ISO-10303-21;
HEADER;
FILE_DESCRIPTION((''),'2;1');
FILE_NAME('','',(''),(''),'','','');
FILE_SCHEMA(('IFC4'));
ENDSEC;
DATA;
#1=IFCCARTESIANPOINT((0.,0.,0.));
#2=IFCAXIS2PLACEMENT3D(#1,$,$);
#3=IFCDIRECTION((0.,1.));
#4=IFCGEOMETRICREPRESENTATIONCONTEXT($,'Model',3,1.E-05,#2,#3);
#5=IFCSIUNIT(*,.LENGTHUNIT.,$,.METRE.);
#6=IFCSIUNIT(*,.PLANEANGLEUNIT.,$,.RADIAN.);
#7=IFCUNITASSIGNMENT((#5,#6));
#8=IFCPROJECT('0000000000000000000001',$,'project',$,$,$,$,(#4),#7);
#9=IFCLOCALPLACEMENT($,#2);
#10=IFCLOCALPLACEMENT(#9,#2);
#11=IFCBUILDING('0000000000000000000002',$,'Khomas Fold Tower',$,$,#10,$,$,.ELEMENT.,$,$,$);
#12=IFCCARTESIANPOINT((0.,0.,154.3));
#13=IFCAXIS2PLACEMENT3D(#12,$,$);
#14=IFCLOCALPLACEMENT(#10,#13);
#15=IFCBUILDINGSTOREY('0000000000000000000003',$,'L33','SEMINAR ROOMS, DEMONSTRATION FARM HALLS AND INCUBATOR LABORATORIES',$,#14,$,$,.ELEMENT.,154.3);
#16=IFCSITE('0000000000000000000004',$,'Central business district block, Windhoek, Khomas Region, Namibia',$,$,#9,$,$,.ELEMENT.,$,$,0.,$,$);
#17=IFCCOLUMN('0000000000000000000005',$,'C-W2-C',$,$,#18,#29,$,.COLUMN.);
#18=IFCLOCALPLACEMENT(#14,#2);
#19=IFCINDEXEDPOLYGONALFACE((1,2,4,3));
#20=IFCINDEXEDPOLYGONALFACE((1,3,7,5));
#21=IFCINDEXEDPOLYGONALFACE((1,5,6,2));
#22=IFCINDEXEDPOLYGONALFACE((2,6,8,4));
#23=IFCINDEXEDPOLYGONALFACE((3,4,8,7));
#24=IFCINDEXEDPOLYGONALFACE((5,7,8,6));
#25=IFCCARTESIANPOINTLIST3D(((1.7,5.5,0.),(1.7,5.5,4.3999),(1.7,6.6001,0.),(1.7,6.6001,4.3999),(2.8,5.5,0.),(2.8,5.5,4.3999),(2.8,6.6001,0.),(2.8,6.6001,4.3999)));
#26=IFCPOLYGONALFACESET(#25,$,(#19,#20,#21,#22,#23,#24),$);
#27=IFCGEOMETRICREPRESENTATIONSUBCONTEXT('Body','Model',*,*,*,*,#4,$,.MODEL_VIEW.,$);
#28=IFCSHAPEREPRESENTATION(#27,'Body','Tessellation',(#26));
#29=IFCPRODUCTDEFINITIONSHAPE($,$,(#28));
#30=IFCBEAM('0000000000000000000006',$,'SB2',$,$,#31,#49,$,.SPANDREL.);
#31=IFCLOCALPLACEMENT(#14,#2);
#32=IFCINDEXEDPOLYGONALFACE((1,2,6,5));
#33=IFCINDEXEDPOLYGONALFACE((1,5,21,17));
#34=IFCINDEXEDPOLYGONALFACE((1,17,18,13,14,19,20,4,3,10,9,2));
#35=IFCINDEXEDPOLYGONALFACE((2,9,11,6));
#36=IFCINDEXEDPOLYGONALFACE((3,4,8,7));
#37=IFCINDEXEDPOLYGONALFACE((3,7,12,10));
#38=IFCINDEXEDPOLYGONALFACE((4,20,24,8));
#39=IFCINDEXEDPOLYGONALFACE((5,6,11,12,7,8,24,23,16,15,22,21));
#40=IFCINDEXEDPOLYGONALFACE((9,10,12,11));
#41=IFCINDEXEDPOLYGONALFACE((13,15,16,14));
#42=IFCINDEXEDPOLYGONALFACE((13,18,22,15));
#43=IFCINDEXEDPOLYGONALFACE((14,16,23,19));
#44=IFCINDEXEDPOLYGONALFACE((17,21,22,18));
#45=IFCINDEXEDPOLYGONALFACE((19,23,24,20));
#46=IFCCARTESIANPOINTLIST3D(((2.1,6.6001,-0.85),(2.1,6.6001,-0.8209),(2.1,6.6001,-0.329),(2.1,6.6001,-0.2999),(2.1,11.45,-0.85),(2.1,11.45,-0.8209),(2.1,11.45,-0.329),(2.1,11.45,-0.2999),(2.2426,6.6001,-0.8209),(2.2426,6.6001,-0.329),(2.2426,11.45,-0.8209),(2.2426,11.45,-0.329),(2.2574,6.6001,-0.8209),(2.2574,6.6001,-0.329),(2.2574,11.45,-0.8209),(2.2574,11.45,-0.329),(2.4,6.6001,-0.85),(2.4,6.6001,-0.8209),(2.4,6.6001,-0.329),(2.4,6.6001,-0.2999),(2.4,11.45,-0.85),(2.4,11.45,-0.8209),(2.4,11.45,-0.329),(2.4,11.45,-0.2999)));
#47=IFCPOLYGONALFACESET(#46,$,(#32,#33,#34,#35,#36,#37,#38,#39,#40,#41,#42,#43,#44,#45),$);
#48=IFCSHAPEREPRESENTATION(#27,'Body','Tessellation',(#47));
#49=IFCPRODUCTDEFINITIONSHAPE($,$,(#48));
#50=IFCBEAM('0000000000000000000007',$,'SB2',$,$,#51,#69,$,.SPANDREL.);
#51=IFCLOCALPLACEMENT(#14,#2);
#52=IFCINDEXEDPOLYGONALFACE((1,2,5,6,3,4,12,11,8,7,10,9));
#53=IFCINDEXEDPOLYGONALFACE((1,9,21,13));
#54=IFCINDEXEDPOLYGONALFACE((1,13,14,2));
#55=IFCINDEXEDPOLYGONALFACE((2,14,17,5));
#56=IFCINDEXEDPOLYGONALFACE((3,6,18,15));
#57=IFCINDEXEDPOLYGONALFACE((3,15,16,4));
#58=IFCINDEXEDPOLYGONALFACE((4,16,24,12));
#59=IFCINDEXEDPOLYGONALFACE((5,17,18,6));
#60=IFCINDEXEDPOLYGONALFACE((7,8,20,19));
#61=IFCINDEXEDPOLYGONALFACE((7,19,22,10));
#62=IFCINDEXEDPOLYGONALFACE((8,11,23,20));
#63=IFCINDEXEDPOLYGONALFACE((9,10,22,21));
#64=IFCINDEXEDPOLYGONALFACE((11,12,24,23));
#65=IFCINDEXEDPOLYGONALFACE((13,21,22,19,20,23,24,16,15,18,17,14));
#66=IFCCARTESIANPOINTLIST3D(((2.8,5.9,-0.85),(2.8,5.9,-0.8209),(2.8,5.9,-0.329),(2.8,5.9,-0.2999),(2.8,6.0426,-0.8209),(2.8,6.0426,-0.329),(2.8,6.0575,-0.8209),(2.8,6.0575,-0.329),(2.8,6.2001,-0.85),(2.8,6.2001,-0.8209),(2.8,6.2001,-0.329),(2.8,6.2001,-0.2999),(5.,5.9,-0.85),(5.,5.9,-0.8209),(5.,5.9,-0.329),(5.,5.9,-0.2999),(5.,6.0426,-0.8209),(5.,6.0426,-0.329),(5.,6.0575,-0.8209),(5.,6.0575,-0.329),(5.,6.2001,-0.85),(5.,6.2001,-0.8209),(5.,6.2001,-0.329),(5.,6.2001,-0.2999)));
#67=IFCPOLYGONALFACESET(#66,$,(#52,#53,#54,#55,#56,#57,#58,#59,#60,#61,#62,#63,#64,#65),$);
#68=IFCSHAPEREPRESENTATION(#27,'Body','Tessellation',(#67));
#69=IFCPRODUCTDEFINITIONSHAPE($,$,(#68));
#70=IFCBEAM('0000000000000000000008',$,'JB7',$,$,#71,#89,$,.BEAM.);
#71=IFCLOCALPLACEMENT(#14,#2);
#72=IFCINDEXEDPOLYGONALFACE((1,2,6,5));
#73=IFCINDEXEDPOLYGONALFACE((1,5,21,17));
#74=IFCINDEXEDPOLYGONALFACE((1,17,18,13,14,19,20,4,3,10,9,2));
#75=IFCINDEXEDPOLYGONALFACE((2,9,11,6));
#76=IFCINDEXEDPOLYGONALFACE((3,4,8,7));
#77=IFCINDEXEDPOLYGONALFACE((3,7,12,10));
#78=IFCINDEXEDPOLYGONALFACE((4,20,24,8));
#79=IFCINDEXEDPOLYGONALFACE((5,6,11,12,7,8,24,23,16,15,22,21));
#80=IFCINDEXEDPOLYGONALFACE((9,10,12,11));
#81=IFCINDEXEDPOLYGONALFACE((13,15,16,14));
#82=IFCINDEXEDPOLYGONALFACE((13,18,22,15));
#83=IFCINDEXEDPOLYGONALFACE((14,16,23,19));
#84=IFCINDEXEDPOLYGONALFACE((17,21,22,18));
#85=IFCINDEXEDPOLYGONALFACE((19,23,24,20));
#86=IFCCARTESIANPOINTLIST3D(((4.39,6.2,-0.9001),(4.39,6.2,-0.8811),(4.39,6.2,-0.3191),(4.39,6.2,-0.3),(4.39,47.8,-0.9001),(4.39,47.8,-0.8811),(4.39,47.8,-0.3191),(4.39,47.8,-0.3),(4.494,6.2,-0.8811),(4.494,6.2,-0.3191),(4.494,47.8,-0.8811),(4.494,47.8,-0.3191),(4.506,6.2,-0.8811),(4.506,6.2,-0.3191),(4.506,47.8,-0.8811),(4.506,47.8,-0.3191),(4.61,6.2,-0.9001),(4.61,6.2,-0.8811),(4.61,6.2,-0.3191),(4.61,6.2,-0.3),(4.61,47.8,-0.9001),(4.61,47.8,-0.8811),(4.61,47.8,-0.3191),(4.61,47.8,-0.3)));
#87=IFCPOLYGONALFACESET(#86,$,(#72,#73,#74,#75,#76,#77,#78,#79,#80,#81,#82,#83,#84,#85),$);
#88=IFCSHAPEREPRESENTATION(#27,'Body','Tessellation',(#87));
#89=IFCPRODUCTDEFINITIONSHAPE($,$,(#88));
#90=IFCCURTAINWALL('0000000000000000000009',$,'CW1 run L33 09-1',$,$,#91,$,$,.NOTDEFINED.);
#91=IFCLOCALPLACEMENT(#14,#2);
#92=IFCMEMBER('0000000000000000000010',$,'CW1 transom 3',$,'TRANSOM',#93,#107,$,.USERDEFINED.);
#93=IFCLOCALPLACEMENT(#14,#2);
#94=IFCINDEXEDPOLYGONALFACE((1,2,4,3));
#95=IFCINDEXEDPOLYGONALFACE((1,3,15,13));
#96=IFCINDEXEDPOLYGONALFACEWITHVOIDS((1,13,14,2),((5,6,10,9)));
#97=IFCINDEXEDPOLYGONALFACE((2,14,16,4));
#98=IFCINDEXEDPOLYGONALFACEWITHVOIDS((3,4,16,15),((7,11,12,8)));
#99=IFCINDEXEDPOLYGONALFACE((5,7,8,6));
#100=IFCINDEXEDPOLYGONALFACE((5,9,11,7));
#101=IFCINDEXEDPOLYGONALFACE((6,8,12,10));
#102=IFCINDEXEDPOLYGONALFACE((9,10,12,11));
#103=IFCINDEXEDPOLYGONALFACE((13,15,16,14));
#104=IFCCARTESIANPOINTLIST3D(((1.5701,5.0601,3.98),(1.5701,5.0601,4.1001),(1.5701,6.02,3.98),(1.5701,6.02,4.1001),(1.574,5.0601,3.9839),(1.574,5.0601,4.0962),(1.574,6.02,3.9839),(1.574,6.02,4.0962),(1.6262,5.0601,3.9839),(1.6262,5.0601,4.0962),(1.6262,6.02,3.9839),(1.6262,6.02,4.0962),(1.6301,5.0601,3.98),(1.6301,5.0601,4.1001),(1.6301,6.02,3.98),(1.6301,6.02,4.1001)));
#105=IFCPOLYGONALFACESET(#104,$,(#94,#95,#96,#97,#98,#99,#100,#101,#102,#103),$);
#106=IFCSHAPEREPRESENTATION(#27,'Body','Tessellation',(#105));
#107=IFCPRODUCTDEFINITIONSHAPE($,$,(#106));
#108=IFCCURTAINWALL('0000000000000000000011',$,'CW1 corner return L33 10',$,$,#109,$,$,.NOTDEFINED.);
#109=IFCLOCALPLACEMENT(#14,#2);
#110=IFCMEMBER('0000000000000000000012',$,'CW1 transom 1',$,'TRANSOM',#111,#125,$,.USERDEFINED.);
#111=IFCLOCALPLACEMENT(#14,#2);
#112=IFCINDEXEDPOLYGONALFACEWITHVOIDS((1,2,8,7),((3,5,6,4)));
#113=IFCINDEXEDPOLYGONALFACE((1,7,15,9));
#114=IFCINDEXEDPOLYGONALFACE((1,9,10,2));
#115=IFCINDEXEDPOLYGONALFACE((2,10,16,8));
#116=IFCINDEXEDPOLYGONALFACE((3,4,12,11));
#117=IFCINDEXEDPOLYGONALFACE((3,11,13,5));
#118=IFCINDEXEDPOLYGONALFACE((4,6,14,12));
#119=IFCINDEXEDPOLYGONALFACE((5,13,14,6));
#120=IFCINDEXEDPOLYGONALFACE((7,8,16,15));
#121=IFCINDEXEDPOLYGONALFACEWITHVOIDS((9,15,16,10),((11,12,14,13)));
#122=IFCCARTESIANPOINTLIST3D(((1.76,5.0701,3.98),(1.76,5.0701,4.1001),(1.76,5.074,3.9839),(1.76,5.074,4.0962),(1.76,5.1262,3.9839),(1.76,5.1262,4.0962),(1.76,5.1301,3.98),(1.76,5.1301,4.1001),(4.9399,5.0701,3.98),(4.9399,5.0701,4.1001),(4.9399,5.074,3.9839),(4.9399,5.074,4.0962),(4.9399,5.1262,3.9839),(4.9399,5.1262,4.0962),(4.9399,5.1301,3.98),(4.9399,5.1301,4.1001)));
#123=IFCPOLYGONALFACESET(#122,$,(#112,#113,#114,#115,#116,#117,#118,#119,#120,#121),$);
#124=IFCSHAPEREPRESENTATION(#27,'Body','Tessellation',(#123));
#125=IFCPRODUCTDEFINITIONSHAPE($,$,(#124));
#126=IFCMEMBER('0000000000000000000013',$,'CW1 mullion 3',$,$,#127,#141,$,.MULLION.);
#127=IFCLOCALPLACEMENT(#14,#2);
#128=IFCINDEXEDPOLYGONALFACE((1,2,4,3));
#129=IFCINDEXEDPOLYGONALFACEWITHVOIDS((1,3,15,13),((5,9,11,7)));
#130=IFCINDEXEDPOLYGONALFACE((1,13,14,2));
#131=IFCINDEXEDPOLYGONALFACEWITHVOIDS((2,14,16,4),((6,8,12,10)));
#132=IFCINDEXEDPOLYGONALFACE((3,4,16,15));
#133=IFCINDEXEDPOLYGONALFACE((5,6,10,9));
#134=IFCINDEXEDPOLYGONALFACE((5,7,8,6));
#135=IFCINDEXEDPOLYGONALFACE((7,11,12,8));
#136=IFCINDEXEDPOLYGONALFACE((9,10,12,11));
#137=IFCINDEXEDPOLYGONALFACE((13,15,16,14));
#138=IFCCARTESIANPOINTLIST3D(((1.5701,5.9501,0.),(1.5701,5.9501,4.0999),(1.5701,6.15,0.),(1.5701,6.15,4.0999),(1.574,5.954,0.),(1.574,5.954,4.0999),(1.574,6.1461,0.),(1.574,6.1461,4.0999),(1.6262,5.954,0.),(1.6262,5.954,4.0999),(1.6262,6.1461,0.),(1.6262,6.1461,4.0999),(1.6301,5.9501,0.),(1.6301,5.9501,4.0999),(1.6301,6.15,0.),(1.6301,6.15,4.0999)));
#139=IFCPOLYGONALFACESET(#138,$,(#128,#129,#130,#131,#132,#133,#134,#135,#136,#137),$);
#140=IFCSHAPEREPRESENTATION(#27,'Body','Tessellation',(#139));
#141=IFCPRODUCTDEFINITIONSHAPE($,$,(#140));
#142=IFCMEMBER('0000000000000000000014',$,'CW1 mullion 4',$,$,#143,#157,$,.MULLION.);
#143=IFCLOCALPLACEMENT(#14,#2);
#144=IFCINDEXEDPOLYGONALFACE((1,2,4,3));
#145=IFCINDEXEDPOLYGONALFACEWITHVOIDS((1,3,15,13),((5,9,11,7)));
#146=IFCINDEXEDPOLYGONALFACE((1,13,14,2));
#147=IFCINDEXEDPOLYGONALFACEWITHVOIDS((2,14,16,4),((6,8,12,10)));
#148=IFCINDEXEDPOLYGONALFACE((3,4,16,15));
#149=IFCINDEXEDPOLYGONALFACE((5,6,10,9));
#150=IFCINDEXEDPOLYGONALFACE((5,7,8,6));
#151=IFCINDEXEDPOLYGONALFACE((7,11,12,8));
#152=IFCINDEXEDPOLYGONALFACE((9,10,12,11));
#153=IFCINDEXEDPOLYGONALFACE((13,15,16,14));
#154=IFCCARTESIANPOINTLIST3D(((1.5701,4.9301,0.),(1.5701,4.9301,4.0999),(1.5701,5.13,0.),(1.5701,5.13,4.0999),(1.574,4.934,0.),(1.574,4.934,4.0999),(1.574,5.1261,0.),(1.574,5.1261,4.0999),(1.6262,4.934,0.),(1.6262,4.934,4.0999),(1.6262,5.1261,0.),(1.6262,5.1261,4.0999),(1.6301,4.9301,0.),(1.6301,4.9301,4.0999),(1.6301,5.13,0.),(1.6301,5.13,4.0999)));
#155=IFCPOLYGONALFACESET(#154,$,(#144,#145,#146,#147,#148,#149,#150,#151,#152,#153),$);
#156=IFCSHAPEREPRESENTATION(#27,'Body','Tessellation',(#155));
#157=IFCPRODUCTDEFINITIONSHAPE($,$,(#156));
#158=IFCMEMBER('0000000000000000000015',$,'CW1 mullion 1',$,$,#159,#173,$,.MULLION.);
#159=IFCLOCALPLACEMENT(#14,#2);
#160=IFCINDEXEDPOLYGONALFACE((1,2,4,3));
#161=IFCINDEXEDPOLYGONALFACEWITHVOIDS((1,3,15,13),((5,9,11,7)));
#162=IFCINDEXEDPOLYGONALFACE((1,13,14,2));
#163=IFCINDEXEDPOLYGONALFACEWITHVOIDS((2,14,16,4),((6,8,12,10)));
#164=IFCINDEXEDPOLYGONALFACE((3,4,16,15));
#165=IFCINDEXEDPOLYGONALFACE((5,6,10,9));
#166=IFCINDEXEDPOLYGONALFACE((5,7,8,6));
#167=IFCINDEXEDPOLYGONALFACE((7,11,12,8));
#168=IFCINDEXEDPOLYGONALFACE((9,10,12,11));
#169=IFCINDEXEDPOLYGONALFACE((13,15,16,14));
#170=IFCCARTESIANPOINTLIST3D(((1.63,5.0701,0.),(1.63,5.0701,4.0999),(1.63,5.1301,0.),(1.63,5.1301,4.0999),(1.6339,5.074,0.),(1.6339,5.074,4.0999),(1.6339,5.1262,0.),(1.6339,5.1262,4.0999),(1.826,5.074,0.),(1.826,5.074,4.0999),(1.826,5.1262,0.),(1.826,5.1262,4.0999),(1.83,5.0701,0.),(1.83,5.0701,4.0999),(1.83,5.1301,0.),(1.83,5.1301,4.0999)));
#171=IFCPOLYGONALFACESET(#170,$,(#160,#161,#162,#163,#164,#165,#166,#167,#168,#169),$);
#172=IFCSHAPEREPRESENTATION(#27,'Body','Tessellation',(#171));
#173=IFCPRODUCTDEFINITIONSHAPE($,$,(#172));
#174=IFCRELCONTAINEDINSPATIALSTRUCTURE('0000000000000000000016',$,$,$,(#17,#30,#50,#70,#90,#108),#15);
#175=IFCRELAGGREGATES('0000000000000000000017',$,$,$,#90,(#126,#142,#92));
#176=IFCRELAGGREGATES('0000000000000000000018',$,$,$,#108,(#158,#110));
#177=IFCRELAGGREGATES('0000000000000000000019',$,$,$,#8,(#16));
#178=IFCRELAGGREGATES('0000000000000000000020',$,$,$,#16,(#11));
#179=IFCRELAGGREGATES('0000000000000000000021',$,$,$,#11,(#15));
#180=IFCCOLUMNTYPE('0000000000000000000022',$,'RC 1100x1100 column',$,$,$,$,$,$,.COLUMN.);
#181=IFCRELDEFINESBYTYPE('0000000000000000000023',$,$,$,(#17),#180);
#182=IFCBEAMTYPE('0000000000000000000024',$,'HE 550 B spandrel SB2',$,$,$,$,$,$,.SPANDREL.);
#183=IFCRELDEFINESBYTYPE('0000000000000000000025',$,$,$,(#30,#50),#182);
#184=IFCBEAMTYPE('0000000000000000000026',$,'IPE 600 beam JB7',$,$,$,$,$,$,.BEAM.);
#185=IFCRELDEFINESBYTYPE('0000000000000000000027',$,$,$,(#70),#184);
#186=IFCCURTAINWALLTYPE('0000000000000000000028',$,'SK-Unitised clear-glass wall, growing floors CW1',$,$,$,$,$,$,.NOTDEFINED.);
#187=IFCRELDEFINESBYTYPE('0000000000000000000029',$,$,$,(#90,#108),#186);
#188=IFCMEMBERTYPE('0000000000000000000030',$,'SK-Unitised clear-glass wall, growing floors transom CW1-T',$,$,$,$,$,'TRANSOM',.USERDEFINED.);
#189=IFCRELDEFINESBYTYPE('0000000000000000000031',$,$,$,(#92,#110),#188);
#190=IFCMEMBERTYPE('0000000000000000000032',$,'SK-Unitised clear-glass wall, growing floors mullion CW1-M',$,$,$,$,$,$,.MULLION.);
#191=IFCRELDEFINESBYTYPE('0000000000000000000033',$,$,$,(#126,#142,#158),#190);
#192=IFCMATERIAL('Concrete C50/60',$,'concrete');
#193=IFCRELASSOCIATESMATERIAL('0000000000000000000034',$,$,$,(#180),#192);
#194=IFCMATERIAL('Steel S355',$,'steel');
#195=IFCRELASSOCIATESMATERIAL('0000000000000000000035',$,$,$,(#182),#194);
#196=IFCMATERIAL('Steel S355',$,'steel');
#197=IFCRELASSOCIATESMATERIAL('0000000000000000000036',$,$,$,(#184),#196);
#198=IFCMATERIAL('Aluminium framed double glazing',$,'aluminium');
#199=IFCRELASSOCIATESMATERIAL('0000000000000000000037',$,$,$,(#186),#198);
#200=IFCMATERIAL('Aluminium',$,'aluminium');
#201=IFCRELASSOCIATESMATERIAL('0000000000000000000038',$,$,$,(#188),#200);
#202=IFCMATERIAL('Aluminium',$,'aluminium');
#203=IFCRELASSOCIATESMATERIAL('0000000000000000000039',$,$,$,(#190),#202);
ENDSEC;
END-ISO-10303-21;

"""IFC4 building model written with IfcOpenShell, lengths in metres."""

from ifc_helpers import new_model, si_unit, direction, frame, origin, origin_2d, place, context, subcontext, project, spatial, rectangle, hollow_rectangle, i_section, extrude, source, transform, mapped, material, material_profile, profile_set, type_object, element, aggregate, save


model = new_model("IFC4")

# Units and contexts
model_context = context("Model", 3, precision=1e-05, world=origin(), true_north=direction((0.0, 1.0)))
body_context = subcontext(model_context, "Body", "Model", "MODEL_VIEW")
ifc_project = project(units=[si_unit("LENGTHUNIT", "METRE"), si_unit("PLANEANGLEUNIT", "RADIAN")], contexts=[model_context])

# Site, building, storey
site_placement = place(None, origin())
site = spatial("IfcSite", under=ifc_project, at=site_placement, Name="Central business district block, Windhoek, Khomas Region, Namibia", CompositionType="ELEMENT", RefElevation=0.0)
building_placement = place(site_placement, origin())
building = spatial("IfcBuilding", under=site, at=building_placement, Name="Khomas Fold Tower", CompositionType="ELEMENT")
storey_placement = place(building_placement, frame((0.0, 0.0, 154.3)))
storey = spatial("IfcBuildingStorey", under=building, at=storey_placement, Name="L33", Description="SEMINAR ROOMS, DEMONSTRATION FARM HALLS AND INCUBATOR LABORATORIES", CompositionType="ELEMENT", Elevation=154.3)

# Column
ifc_material_1 = material(Name="Concrete C50/60", Category="concrete")
ifc_material_profile_1 = material_profile(ifc_material_1, rectangle(XDim=1.1001, YDim=1.1001, at=origin_2d()), Name="RC 1100x1100")
ifc_profile_set_1 = profile_set([ifc_material_profile_1], Name="Concrete C50/60")
column_type = type_object("IfcColumnType", Name="RC 1100x1100 column", PredefinedType="COLUMN", material=ifc_profile_set_1)
shared_shape_1 = source(origin(), body_context, "Body", "SweptSolid", [
    extrude(rectangle(XDim=1.1001, YDim=1.1001, at=origin_2d()), origin(), (0.0, 0.0, 1.0), 4.3999),
])
column_placement = place(storey_placement, frame((2.25, 6.05, 0.0), z_axis=(0.0, 0.0, 1.0), x_axis=(1.0, 0.0, 0.0)))
element("IfcColumn", 1, at=column_placement, inside=storey, type_object=column_type, Name="C-W2-C", PredefinedType="COLUMN", context=body_context, shape_type="MappedRepresentation", body=[
    mapped(shared_shape_1, transform((0.0, 0.0, 0.0))),
])

# Beams
ifc_material_2 = material(Name="Steel S355", Category="steel")
ifc_material_profile_2 = material_profile(ifc_material_2, i_section(OverallWidth=0.3, OverallDepth=0.55, WebThickness=0.0149, FlangeThickness=0.0291, at=origin_2d()), Name="HE 550 B")
ifc_profile_set_2 = profile_set([ifc_material_profile_2], Name="Steel S355")
beam_type_1 = type_object("IfcBeamType", Name="HE 550 B spandrel SB2", PredefinedType="SPANDREL", material=ifc_profile_set_2)
shared_shape_2 = source(origin(), body_context, "Body", "SweptSolid", [
    extrude(i_section(OverallWidth=0.3, OverallDepth=0.55, WebThickness=0.0149, FlangeThickness=0.0291, at=origin_2d()), origin(), (0.0, 0.0, 1.0), 4.8499),
])
beam_1_placement = place(storey_placement, frame((2.25, 6.6001, -0.575), z_axis=(0.0, 1.0, 0.0), x_axis=(-1.0, 0.0, 0.0)))
element("IfcBeam", 2, at=beam_1_placement, inside=storey, type_object=beam_type_1, Name="SB2", PredefinedType="SPANDREL", context=body_context, shape_type="MappedRepresentation", body=[
    mapped(shared_shape_2, transform((0.0, 0.0, 0.0))),
])
shared_shape_3 = source(origin(), body_context, "Body", "SweptSolid", [
    extrude(i_section(OverallWidth=0.3, OverallDepth=0.55, WebThickness=0.0149, FlangeThickness=0.0291, at=origin_2d()), origin(), (0.0, 0.0, 1.0), 2.2),
])
beam_2_placement = place(storey_placement, frame((2.8, 6.05, -0.575), z_axis=(1.0, 0.0, 0.0), x_axis=(0.0, 1.0, 0.0)))
element("IfcBeam", 3, at=beam_2_placement, inside=storey, type_object=beam_type_1, Name="SB2", PredefinedType="SPANDREL", context=body_context, shape_type="MappedRepresentation", body=[
    mapped(shared_shape_3, transform((0.0, 0.0, 0.0))),
])
ifc_material_3 = material(Name="Steel S355", Category="steel")
ifc_material_profile_3 = material_profile(ifc_material_3, i_section(OverallWidth=0.22, OverallDepth=0.6001, WebThickness=0.012, FlangeThickness=0.019, at=origin_2d()), Name="IPE 600")
ifc_profile_set_3 = profile_set([ifc_material_profile_3], Name="Steel S355")
beam_type_2 = type_object("IfcBeamType", Name="IPE 600 beam JB7", PredefinedType="BEAM", material=ifc_profile_set_3)
shared_shape_4 = source(origin(), body_context, "Body", "SweptSolid", [
    extrude(i_section(OverallWidth=0.22, OverallDepth=0.6001, WebThickness=0.012, FlangeThickness=0.019, at=origin_2d()), origin(), (0.0, 0.0, 1.0), 41.6001),
])
beam_3_placement = place(storey_placement, frame((4.5, 6.2, -0.6001), z_axis=(0.0, 1.0, 0.0), x_axis=(-1.0, 0.0, 0.0)))
element("IfcBeam", 4, at=beam_3_placement, inside=storey, type_object=beam_type_2, Name="JB7", PredefinedType="BEAM", context=body_context, shape_type="MappedRepresentation", body=[
    mapped(shared_shape_4, transform((0.0, 0.0, 0.0))),
])

# Curtain walls, members
ifc_material_4 = material(Name="Aluminium framed double glazing", Category="aluminium")
curtain_wall_type = type_object("IfcCurtainWallType", Name="SK-Unitised clear-glass wall, growing floors CW1", PredefinedType="NOTDEFINED", material=ifc_material_4)
curtain_wall_1_placement = place(storey_placement, origin())
curtain_wall_1 = element("IfcCurtainWall", 5, at=curtain_wall_1_placement, inside=storey, type_object=curtain_wall_type, Name="CW1 run L33 09-1", PredefinedType="NOTDEFINED")
ifc_material_5 = material(Name="Aluminium", Category="aluminium")
ifc_material_profile_4 = material_profile(ifc_material_5, hollow_rectangle(XDim=0.0601, YDim=0.1201, WallThickness=0.0039, at=origin_2d()), Name="SK-Unitised clear-glass wall, growing floors transom CW1-T")
ifc_profile_set_4 = profile_set([ifc_material_profile_4], Name="Aluminium")
member_type_1 = type_object("IfcMemberType", Name="SK-Unitised clear-glass wall, growing floors transom CW1-T", ElementType="TRANSOM", PredefinedType="USERDEFINED", material=ifc_profile_set_4)
shared_shape_5 = source(origin(), body_context, "Body", "SweptSolid", [
    extrude(hollow_rectangle(XDim=0.0601, YDim=0.1201, WallThickness=0.0039, at=origin_2d()), origin(), (0.0, 0.0, 1.0), 0.96),
])
member_1_placement = place(storey_placement, frame((1.6001, 6.02, 4.04), z_axis=(0.0, -1.0, 0.0), x_axis=(1.0, 0.0, 0.0)))
member_1 = element("IfcMember", 6, at=member_1_placement, type_object=member_type_1, Name="CW1 transom 3", ObjectType="TRANSOM", PredefinedType="USERDEFINED", context=body_context, shape_type="MappedRepresentation", body=[
    mapped(shared_shape_5, transform((0.0, 0.0, 0.0))),
])
curtain_wall_2_placement = place(storey_placement, origin())
curtain_wall_2 = element("IfcCurtainWall", 7, at=curtain_wall_2_placement, inside=storey, type_object=curtain_wall_type, Name="CW1 corner return L33 10", PredefinedType="NOTDEFINED")
shared_shape_6 = source(origin(), body_context, "Body", "SweptSolid", [
    extrude(hollow_rectangle(XDim=0.0601, YDim=0.1201, WallThickness=0.0039, at=origin_2d()), origin(), (0.0, 0.0, 1.0), 3.1799),
])
member_2_placement = place(storey_placement, frame((1.76, 5.1001, 4.04), z_axis=(1.0, 0.0, 0.0), x_axis=(0.0, 1.0, 0.0)))
member_2 = element("IfcMember", 8, at=member_2_placement, type_object=member_type_1, Name="CW1 transom 1", ObjectType="TRANSOM", PredefinedType="USERDEFINED", context=body_context, shape_type="MappedRepresentation", body=[
    mapped(shared_shape_6, transform((0.0, 0.0, 0.0))),
])

# Members
ifc_material_6 = material(Name="Aluminium", Category="aluminium")
ifc_material_profile_5 = material_profile(ifc_material_6, hollow_rectangle(XDim=0.0601, YDim=0.2, WallThickness=0.0039, at=origin_2d()), Name="SK-Unitised clear-glass wall, growing floors mullion CW1-M")
ifc_profile_set_5 = profile_set([ifc_material_profile_5], Name="Aluminium")
member_type_2 = type_object("IfcMemberType", Name="SK-Unitised clear-glass wall, growing floors mullion CW1-M", PredefinedType="MULLION", material=ifc_profile_set_5)
shared_shape_7 = source(origin(), body_context, "Body", "SweptSolid", [
    extrude(hollow_rectangle(XDim=0.0601, YDim=0.2, WallThickness=0.0039, at=origin_2d()), origin(), (0.0, 0.0, 1.0), 4.0999),
])
member_3_placement = place(storey_placement, frame((1.6001, 6.05, 0.0), z_axis=(0.0, 0.0, 1.0), x_axis=(1.0, 0.0, 0.0)))
member_3 = element("IfcMember", 9, at=member_3_placement, type_object=member_type_2, Name="CW1 mullion 3", PredefinedType="MULLION", context=body_context, shape_type="MappedRepresentation", body=[
    mapped(shared_shape_7, transform((0.0, 0.0, 0.0))),
])
member_4_placement = place(storey_placement, frame((1.6001, 5.03, 0.0), z_axis=(0.0, 0.0, 1.0), x_axis=(1.0, 0.0, 0.0)))
member_4 = element("IfcMember", 10, at=member_4_placement, type_object=member_type_2, Name="CW1 mullion 4", PredefinedType="MULLION", context=body_context, shape_type="MappedRepresentation", body=[
    mapped(shared_shape_7, transform((0.0, 0.0, 0.0))),
])
member_5_placement = place(storey_placement, frame((1.73, 5.1001, 0.0), z_axis=(0.0, 0.0, 1.0), x_axis=(0.0, 1.0, 0.0)))
member_5 = element("IfcMember", 11, at=member_5_placement, type_object=member_type_2, Name="CW1 mullion 1", PredefinedType="MULLION", context=body_context, shape_type="MappedRepresentation", body=[
    mapped(shared_shape_7, transform((0.0, 0.0, 0.0))),
])

aggregate(curtain_wall_1, [member_3, member_4, member_1])
aggregate(curtain_wall_2, [member_5, member_2])

save(model, "model.ifc")
